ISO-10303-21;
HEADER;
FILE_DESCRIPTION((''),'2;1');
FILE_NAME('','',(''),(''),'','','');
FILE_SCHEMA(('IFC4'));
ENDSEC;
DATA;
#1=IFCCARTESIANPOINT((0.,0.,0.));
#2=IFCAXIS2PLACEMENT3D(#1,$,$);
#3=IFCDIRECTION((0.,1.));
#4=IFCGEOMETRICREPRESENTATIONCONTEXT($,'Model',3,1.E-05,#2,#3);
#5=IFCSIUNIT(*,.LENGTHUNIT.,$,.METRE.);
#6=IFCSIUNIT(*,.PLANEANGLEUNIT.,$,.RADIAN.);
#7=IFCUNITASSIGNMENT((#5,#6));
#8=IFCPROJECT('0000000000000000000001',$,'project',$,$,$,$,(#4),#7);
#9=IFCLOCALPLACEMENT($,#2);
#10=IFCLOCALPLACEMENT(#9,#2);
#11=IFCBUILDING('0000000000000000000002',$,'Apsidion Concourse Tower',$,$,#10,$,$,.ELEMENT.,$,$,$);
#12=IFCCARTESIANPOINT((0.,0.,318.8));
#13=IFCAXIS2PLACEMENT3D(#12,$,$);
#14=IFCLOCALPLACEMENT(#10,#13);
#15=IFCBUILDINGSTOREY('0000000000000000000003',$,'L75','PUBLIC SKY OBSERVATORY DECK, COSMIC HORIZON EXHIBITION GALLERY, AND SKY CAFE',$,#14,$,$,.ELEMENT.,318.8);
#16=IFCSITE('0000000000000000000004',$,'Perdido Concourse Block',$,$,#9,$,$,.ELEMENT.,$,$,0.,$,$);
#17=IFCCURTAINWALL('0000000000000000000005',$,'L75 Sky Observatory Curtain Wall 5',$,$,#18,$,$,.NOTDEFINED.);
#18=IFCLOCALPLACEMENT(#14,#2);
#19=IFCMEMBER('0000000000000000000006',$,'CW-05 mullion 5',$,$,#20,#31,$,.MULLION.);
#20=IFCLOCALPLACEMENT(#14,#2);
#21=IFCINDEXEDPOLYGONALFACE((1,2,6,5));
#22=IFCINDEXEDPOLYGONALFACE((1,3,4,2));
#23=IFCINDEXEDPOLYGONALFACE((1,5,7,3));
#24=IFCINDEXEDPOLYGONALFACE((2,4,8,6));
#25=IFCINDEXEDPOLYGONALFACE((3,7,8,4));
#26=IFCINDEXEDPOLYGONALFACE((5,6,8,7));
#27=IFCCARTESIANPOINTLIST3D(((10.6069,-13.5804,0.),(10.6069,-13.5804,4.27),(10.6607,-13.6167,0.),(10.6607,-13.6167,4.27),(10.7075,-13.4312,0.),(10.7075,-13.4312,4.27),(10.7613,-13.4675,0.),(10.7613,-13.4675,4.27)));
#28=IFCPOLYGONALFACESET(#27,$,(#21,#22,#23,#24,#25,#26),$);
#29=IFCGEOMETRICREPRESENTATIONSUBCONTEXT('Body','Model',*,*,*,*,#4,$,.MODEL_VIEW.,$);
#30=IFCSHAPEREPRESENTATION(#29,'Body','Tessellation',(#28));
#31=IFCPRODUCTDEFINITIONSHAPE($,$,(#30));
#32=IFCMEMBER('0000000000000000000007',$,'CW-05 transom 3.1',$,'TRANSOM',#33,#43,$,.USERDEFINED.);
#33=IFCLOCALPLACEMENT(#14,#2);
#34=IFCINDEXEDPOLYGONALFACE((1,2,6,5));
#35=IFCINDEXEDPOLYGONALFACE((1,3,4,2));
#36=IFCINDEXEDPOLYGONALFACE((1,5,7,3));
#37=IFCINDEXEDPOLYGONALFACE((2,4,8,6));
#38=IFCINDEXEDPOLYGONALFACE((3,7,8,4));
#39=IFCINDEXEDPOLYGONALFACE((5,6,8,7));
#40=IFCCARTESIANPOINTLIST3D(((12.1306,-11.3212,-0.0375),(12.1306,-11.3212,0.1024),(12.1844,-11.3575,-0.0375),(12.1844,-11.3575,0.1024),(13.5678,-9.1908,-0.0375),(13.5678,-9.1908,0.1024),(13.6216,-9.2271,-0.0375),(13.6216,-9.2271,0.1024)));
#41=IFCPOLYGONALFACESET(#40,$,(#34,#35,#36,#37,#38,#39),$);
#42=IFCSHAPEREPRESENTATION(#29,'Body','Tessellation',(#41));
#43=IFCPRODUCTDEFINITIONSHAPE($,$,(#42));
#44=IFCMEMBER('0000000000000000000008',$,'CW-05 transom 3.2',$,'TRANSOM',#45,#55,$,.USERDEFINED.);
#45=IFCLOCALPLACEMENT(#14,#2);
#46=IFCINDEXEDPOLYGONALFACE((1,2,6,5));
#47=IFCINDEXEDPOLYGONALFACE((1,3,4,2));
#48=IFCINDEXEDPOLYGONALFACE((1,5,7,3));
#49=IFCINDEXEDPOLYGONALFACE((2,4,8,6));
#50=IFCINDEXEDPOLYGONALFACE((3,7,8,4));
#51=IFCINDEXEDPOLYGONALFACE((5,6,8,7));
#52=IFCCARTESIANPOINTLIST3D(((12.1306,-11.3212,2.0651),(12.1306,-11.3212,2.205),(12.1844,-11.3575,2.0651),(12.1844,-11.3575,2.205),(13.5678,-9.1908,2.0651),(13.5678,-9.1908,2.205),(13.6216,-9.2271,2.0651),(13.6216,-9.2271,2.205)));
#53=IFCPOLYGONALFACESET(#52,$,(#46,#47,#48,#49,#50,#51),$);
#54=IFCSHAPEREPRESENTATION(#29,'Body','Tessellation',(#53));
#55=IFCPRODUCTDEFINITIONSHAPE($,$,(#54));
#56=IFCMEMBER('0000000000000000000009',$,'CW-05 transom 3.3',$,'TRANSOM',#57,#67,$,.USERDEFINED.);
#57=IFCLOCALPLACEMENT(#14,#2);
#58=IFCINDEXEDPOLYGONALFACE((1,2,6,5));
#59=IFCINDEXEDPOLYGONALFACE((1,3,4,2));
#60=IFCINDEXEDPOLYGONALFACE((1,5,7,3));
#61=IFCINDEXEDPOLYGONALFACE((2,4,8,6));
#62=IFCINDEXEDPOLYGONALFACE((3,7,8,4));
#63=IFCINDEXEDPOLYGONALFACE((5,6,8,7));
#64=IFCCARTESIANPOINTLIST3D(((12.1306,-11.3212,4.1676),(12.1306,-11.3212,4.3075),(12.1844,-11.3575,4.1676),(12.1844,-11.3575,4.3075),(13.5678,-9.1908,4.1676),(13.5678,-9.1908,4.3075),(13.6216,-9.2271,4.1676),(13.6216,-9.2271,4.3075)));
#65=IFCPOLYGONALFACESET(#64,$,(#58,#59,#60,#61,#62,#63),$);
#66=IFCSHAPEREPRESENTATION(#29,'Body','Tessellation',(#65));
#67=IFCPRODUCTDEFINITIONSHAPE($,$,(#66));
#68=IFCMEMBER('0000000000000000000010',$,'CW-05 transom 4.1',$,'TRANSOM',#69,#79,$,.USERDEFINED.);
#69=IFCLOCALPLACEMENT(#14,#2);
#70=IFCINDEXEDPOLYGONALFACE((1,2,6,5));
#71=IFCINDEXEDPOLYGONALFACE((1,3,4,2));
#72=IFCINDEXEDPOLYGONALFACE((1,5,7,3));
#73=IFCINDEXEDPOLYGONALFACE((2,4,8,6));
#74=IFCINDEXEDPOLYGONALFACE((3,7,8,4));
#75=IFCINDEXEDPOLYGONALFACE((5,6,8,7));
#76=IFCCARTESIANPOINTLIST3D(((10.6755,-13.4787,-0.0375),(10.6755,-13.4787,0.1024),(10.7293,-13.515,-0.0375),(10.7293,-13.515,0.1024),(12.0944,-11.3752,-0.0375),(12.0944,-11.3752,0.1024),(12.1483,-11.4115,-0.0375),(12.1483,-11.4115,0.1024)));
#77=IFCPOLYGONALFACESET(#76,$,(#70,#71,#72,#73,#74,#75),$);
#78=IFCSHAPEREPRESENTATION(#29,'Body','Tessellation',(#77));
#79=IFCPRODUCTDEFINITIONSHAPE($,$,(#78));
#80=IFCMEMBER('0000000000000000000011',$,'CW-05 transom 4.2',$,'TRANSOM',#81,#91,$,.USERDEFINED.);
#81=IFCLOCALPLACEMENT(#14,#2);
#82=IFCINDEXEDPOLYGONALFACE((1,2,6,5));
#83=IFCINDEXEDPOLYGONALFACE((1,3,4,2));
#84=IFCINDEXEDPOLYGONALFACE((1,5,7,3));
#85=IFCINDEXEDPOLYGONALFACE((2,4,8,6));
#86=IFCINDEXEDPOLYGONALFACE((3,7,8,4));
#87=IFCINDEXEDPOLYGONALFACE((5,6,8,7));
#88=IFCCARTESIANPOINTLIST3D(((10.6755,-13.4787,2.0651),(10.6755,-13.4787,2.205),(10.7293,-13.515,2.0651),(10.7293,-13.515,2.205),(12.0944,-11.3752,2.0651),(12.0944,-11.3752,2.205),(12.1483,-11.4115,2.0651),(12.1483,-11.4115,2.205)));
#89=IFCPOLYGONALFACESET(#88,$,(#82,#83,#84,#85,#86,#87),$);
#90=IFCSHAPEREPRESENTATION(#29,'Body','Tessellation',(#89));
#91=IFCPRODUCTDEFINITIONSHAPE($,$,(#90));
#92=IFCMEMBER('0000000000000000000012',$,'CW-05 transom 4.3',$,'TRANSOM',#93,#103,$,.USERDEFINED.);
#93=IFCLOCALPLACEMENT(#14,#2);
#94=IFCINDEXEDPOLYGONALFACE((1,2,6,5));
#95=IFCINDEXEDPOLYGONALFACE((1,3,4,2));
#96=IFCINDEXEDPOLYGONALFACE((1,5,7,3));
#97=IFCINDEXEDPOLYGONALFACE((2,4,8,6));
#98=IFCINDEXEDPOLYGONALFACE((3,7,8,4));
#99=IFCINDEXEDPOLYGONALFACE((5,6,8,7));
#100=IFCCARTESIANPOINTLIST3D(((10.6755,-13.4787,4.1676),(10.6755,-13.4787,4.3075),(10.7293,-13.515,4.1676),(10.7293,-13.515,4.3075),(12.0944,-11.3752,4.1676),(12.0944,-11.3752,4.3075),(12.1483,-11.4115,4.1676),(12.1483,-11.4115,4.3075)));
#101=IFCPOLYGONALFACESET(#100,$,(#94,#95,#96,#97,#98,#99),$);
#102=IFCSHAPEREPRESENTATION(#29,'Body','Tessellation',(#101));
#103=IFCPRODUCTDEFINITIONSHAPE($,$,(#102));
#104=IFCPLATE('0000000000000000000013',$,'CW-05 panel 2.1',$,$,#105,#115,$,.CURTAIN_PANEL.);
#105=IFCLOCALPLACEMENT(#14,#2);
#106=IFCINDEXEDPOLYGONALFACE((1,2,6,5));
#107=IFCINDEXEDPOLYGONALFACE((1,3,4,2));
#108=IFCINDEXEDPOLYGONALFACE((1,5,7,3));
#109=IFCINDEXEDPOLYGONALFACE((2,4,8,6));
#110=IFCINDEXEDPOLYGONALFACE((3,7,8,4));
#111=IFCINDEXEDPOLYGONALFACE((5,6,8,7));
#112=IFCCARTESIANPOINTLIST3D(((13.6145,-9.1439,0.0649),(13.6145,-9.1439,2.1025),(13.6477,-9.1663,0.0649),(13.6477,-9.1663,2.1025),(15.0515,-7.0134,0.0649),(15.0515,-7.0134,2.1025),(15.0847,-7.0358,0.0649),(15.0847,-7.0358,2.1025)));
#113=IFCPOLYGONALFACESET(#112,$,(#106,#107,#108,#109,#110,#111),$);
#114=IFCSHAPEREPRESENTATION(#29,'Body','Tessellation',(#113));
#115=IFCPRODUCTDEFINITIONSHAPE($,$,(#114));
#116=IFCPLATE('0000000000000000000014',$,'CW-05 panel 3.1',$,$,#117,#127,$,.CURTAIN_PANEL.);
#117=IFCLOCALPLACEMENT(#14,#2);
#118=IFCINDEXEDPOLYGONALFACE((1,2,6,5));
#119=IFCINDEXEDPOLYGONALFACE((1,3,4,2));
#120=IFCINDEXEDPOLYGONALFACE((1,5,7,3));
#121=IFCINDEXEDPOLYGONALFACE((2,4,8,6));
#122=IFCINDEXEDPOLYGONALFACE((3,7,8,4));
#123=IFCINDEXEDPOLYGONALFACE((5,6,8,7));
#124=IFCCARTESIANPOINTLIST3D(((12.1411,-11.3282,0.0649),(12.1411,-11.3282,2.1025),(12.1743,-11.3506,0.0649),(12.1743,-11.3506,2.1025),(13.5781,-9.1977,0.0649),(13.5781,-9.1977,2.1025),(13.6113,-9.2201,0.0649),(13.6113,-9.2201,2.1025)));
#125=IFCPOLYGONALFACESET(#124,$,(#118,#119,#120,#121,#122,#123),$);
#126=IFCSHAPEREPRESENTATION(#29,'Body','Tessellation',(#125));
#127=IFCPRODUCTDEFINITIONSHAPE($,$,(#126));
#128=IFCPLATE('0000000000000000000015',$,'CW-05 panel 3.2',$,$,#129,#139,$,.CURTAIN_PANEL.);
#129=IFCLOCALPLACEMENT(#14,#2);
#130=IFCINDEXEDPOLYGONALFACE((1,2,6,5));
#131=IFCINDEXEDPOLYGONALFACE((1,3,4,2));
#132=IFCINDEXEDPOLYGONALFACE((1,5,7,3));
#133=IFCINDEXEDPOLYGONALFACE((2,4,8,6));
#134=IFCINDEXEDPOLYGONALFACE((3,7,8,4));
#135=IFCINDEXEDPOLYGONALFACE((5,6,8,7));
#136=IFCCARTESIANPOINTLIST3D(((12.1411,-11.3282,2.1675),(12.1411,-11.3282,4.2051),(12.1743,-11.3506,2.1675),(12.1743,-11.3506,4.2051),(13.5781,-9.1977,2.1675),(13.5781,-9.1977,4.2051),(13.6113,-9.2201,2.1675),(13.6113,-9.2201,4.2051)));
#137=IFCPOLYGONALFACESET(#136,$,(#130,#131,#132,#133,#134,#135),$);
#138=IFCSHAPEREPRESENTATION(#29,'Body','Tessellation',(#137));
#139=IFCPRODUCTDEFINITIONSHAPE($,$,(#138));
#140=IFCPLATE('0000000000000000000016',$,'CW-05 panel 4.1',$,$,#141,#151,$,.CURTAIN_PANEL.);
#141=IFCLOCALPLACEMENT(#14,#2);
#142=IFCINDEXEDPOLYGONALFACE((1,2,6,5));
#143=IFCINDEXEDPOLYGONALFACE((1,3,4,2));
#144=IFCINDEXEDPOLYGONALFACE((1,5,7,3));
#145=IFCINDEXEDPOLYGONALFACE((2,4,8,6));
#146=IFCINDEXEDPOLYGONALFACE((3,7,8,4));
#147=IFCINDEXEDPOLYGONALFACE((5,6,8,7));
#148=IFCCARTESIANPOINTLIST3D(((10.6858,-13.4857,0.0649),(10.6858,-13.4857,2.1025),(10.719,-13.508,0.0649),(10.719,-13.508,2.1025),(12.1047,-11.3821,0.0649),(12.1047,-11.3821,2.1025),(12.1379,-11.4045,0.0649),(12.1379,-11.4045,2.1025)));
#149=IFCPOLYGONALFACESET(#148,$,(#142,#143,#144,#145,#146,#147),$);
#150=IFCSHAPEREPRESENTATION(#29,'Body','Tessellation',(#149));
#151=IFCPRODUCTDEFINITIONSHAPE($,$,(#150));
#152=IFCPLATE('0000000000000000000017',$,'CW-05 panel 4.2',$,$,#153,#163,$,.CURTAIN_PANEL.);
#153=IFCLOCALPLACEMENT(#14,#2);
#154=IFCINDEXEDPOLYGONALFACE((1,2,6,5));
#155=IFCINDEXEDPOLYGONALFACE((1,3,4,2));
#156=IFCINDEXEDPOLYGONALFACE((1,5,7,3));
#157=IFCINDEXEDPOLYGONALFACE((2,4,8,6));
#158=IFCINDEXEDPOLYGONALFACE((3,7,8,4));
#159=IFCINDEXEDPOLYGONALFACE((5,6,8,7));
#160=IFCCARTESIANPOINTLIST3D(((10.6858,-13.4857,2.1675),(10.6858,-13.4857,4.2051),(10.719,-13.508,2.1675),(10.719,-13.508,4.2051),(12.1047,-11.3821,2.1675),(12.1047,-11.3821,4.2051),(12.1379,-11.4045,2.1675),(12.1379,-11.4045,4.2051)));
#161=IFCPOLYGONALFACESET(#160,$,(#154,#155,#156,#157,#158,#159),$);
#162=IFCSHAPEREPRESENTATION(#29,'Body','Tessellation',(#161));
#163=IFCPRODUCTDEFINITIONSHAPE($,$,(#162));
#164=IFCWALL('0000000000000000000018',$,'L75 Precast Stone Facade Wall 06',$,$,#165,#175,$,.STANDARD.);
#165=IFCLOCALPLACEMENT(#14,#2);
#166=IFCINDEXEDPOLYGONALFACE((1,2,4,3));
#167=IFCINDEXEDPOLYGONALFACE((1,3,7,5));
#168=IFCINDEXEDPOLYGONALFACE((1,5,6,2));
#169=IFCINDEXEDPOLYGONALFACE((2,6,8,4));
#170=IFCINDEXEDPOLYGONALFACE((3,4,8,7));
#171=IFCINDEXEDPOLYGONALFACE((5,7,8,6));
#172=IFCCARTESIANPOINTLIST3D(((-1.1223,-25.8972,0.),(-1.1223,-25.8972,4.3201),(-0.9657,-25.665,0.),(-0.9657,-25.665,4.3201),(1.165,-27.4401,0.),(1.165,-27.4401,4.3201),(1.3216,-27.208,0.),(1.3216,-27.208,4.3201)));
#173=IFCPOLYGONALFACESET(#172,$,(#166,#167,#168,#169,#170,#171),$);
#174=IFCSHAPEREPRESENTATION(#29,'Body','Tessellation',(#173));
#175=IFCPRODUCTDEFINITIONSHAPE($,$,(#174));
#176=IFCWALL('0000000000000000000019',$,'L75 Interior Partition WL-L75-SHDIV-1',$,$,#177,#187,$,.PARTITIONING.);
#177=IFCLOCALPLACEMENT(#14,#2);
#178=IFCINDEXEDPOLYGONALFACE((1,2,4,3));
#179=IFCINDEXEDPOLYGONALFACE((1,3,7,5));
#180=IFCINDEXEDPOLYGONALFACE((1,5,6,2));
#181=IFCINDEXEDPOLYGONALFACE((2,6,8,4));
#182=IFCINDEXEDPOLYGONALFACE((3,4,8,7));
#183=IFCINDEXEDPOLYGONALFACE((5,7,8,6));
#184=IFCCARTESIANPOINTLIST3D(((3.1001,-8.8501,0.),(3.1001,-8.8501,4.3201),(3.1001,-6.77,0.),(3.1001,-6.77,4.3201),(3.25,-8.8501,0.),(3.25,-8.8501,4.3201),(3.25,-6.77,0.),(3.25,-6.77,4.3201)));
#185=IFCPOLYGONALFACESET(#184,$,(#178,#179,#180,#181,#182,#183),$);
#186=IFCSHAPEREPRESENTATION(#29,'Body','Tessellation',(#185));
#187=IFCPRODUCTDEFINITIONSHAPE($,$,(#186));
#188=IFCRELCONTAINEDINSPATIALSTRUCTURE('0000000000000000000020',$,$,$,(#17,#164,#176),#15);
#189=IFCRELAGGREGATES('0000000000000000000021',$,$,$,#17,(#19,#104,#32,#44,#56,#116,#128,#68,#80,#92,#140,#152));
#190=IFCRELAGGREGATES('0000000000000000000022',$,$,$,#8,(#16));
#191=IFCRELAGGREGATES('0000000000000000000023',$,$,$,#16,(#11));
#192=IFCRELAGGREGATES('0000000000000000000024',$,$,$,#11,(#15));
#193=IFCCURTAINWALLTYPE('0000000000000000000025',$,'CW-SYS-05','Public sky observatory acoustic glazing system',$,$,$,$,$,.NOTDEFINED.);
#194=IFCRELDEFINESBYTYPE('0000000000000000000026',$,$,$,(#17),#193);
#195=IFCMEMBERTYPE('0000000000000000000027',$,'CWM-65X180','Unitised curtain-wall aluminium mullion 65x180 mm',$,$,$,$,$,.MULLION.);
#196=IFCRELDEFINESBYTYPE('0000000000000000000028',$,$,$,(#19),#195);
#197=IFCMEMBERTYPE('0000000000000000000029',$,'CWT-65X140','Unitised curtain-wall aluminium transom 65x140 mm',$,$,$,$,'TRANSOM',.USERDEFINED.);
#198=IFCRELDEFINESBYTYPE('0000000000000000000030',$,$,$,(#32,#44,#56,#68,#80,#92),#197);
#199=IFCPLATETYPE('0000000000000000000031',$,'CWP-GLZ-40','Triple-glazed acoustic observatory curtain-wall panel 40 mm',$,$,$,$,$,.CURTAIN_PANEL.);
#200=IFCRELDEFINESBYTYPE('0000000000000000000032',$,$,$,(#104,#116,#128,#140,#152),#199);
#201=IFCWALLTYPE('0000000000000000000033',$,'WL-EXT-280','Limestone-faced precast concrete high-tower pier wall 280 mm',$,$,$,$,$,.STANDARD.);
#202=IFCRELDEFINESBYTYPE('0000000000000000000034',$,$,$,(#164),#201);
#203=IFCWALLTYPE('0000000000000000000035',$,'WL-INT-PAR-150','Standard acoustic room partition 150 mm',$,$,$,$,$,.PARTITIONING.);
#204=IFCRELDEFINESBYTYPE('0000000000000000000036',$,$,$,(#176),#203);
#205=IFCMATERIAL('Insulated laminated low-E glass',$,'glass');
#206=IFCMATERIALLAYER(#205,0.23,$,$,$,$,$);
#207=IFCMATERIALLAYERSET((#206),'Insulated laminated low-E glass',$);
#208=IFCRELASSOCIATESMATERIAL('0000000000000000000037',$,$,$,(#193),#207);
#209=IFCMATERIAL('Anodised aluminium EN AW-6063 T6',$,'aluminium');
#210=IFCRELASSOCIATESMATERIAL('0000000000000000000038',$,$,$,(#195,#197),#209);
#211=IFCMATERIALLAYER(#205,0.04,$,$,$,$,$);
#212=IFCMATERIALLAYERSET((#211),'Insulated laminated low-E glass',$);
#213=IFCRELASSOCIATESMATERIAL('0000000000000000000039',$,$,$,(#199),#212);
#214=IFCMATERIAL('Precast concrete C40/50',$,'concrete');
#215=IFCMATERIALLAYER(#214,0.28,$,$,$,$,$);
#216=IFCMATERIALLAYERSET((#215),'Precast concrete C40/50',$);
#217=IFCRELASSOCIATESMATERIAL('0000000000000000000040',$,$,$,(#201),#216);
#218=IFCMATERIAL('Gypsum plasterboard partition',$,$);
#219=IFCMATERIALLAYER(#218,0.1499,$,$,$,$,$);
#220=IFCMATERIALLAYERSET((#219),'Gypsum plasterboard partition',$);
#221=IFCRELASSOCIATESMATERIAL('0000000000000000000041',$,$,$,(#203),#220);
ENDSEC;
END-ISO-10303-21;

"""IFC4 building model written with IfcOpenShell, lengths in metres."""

from ifc_helpers import new_model, si_unit, direction, frame, frame_2d, origin, origin_2d, place, context, subcontext, project, spatial, rectangle, extrude, material, layer, layer_set, material_profile, profile_set, type_object, element, aggregate, save


model = new_model("IFC4")

# Units and contexts
model_context = context("Model", 3, precision=1e-05, world=origin(), true_north=direction((0.0, 1.0)))
body_context = subcontext(model_context, "Body", "Model", "MODEL_VIEW")
ifc_project = project(units=[si_unit("LENGTHUNIT", "METRE"), si_unit("PLANEANGLEUNIT", "RADIAN")], contexts=[model_context])

# Site, building, storey
site_placement = place(None, origin())
site = spatial("IfcSite", under=ifc_project, at=site_placement, Name="Perdido Concourse Block", CompositionType="ELEMENT", RefElevation=0.0)
building_placement = place(site_placement, origin())
building = spatial("IfcBuilding", under=site, at=building_placement, Name="Apsidion Concourse Tower", CompositionType="ELEMENT")
storey_placement = place(building_placement, frame((0.0, 0.0, 318.8)))
storey = spatial("IfcBuildingStorey", under=building, at=storey_placement, Name="L75", Description="PUBLIC SKY OBSERVATORY DECK, COSMIC HORIZON EXHIBITION GALLERY, AND SKY CAFE", CompositionType="ELEMENT", Elevation=318.8)

# Curtain wall, members, plates
ifc_material_1 = material(Name="Insulated laminated low-E glass", Category="glass")
ifc_layer_1 = layer(ifc_material_1, 0.23)
ifc_layer_set_1 = layer_set([ifc_layer_1], Name="Insulated laminated low-E glass")
curtain_wall_type = type_object("IfcCurtainWallType", Name="CW-SYS-05", Description="Public sky observatory acoustic glazing system", PredefinedType="NOTDEFINED", material=ifc_layer_set_1)
curtain_wall_placement = place(storey_placement, origin())
curtain_wall = element("IfcCurtainWall", 1, at=curtain_wall_placement, inside=storey, type_object=curtain_wall_type, Name="L75 Sky Observatory Curtain Wall 5", PredefinedType="NOTDEFINED")
ifc_material_2 = material(Name="Anodised aluminium EN AW-6063 T6", Category="aluminium")
ifc_material_profile_1 = material_profile(ifc_material_2, rectangle(XDim=0.0649, YDim=0.1799, at=origin_2d()), Name="ALU MULLION 65x180")
ifc_profile_set_1 = profile_set([ifc_material_profile_1], Name="Anodised aluminium EN AW-6063 T6")
member_type_1 = type_object("IfcMemberType", Name="CWM-65X180", Description="Unitised curtain-wall aluminium mullion 65x180 mm", PredefinedType="MULLION", material=ifc_profile_set_1)
member_1_placement = place(storey_placement, frame((10.6841, -13.5239, 0.0), z_axis=(0.0, 0.0, 1.0), x_axis=(0.829037, -0.559194, 0.0)))
member_1 = element("IfcMember", 2, at=member_1_placement, type_object=member_type_1, Name="CW-05 mullion 5", PredefinedType="MULLION", context=body_context, shape_type="SweptSolid", body=[
    extrude(rectangle(XDim=0.0649, YDim=0.1799, at=origin_2d()), origin(), (0.0, 0.0, 1.0), 4.27),
])
ifc_material_profile_2 = material_profile(ifc_material_2, rectangle(XDim=0.0649, YDim=0.1399, at=origin_2d()), Name="ALU TRANSOM 65x140")
ifc_profile_set_2 = profile_set([ifc_material_profile_2], Name="Anodised aluminium EN AW-6063 T6")
member_type_2 = type_object("IfcMemberType", Name="CWT-65X140", Description="Unitised curtain-wall aluminium transom 65x140 mm", ElementType="TRANSOM", PredefinedType="USERDEFINED", material=ifc_profile_set_2)
member_2_placement = place(storey_placement, frame((13.5947, -9.209, 0.0325), z_axis=(-0.559274, -0.828983, 0.0), x_axis=(0.828983, -0.559274, 0.0)))
member_2 = element("IfcMember", 3, at=member_2_placement, type_object=member_type_2, Name="CW-05 transom 3.1", ObjectType="TRANSOM", PredefinedType="USERDEFINED", context=body_context, shape_type="SweptSolid", body=[
    extrude(rectangle(XDim=0.0649, YDim=0.1399, at=origin_2d()), origin(), (0.0, 0.0, 1.0), 2.5698),
])
member_3_placement = place(storey_placement, frame((13.5947, -9.209, 2.135), z_axis=(-0.559274, -0.828983, 0.0), x_axis=(0.828983, -0.559274, 0.0)))
member_3 = element("IfcMember", 4, at=member_3_placement, type_object=member_type_2, Name="CW-05 transom 3.2", ObjectType="TRANSOM", PredefinedType="USERDEFINED", context=body_context, shape_type="SweptSolid", body=[
    extrude(rectangle(XDim=0.0649, YDim=0.1399, at=origin_2d()), origin(), (0.0, 0.0, 1.0), 2.5698),
])
member_4_placement = place(storey_placement, frame((13.5947, -9.209, 4.2375), z_axis=(-0.559274, -0.828983, 0.0), x_axis=(0.828983, -0.559274, 0.0)))
member_4 = element("IfcMember", 5, at=member_4_placement, type_object=member_type_2, Name="CW-05 transom 3.3", ObjectType="TRANSOM", PredefinedType="USERDEFINED", context=body_context, shape_type="SweptSolid", body=[
    extrude(rectangle(XDim=0.0649, YDim=0.1399, at=origin_2d()), origin(), (0.0, 0.0, 1.0), 2.5698),
])
member_5_placement = place(storey_placement, frame((12.1213, -11.3933, 0.0325), z_axis=(-0.559222, -0.829018, 0.0), x_axis=(0.829018, -0.559222, 0.0)))
member_5 = element("IfcMember", 6, at=member_5_placement, type_object=member_type_2, Name="CW-05 transom 4.1", ObjectType="TRANSOM", PredefinedType="USERDEFINED", context=body_context, shape_type="SweptSolid", body=[
    extrude(rectangle(XDim=0.0649, YDim=0.1399, at=origin_2d()), origin(), (0.0, 0.0, 1.0), 2.5374),
])
member_6_placement = place(storey_placement, frame((12.1213, -11.3933, 2.135), z_axis=(-0.559222, -0.829018, 0.0), x_axis=(0.829018, -0.559222, 0.0)))
member_6 = element("IfcMember", 7, at=member_6_placement, type_object=member_type_2, Name="CW-05 transom 4.2", ObjectType="TRANSOM", PredefinedType="USERDEFINED", context=body_context, shape_type="SweptSolid", body=[
    extrude(rectangle(XDim=0.0649, YDim=0.1399, at=origin_2d()), origin(), (0.0, 0.0, 1.0), 2.5374),
])
member_7_placement = place(storey_placement, frame((12.1213, -11.3933, 4.2375), z_axis=(-0.559222, -0.829018, 0.0), x_axis=(0.829018, -0.559222, 0.0)))
member_7 = element("IfcMember", 8, at=member_7_placement, type_object=member_type_2, Name="CW-05 transom 4.3", ObjectType="TRANSOM", PredefinedType="USERDEFINED", context=body_context, shape_type="SweptSolid", body=[
    extrude(rectangle(XDim=0.0649, YDim=0.1399, at=origin_2d()), origin(), (0.0, 0.0, 1.0), 2.5374),
])
ifc_layer_2 = layer(ifc_material_1, 0.04)
ifc_layer_set_2 = layer_set([ifc_layer_2], Name="Insulated laminated low-E glass")
plate_type = type_object("IfcPlateType", Name="CWP-GLZ-40", Description="Triple-glazed acoustic observatory curtain-wall panel 40 mm", PredefinedType="CURTAIN_PANEL", material=ifc_layer_set_2)
plate_1_placement = place(storey_placement, frame((14.3496, -8.0898, 0.0649), z_axis=(0.0, 0.0, 1.0), x_axis=(-0.559194, -0.829037, 0.0)))
plate_1 = element("IfcPlate", 9, at=plate_1_placement, type_object=plate_type, Name="CW-05 panel 2.1", PredefinedType="CURTAIN_PANEL", context=body_context, shape_type="SweptSolid", body=[
    extrude(rectangle(XDim=2.5698, YDim=0.04, at=origin_2d()), origin(), (0.0, 0.0, 1.0), 2.0376),
])
plate_2_placement = place(storey_placement, frame((12.8762, -10.2742, 0.0649), z_axis=(0.0, 0.0, 1.0), x_axis=(-0.559194, -0.829037, 0.0)))
plate_2 = element("IfcPlate", 10, at=plate_2_placement, type_object=plate_type, Name="CW-05 panel 3.1", PredefinedType="CURTAIN_PANEL", context=body_context, shape_type="SweptSolid", body=[
    extrude(rectangle(XDim=2.5698, YDim=0.04, at=origin_2d()), origin(), (0.0, 0.0, 1.0), 2.0376),
])
plate_3_placement = place(storey_placement, frame((12.8762, -10.2742, 2.1675), z_axis=(0.0, 0.0, 1.0), x_axis=(-0.559194, -0.829037, 0.0)))
plate_3 = element("IfcPlate", 11, at=plate_3_placement, type_object=plate_type, Name="CW-05 panel 3.2", PredefinedType="CURTAIN_PANEL", context=body_context, shape_type="SweptSolid", body=[
    extrude(rectangle(XDim=2.5698, YDim=0.04, at=origin_2d()), origin(), (0.0, 0.0, 1.0), 2.0376),
])
plate_4_placement = place(storey_placement, frame((11.4119, -12.4451, 0.0649), z_axis=(0.0, 0.0, 1.0), x_axis=(-0.559194, -0.829037, 0.0)))
plate_4 = element("IfcPlate", 12, at=plate_4_placement, type_object=plate_type, Name="CW-05 panel 4.1", PredefinedType="CURTAIN_PANEL", context=body_context, shape_type="SweptSolid", body=[
    extrude(rectangle(XDim=2.5374, YDim=0.04, at=origin_2d()), origin(), (0.0, 0.0, 1.0), 2.0376),
])
plate_5_placement = place(storey_placement, frame((11.4119, -12.4451, 2.1675), z_axis=(0.0, 0.0, 1.0), x_axis=(-0.559194, -0.829037, 0.0)))
plate_5 = element("IfcPlate", 13, at=plate_5_placement, type_object=plate_type, Name="CW-05 panel 4.2", PredefinedType="CURTAIN_PANEL", context=body_context, shape_type="SweptSolid", body=[
    extrude(rectangle(XDim=2.5374, YDim=0.04, at=origin_2d()), origin(), (0.0, 0.0, 1.0), 2.0376),
])
aggregate(curtain_wall, [member_1, plate_1, member_2, member_3, member_4, plate_2, plate_3, member_5, member_6, member_7, plate_4, plate_5])

# Walls
ifc_material_3 = material(Name="Precast concrete C40/50", Category="concrete")
ifc_layer_3 = layer(ifc_material_3, 0.28)
ifc_layer_set_3 = layer_set([ifc_layer_3], Name="Precast concrete C40/50")
wall_type_1 = type_object("IfcWallType", Name="WL-EXT-280", Description="Limestone-faced precast concrete high-tower pier wall 280 mm", PredefinedType="STANDARD", material=ifc_layer_set_3)
wall_1_placement = place(storey_placement, frame((1.2432, -27.324, 0.0), z_axis=(0.0, 0.0, 1.0), x_axis=(-0.829016, 0.559225, 0.0)))
element("IfcWall", 14, at=wall_1_placement, inside=storey, type_object=wall_type_1, Name="L75 Precast Stone Facade Wall 06", PredefinedType="STANDARD", context=body_context, shape_type="SweptSolid", body=[
    extrude(rectangle(XDim=2.759, YDim=0.28, at=frame_2d((1.3794, 0.0))), origin(), (0.0, 0.0, 1.0), 4.3201),
])
ifc_material_4 = material(Name="Gypsum plasterboard partition")
ifc_layer_4 = layer(ifc_material_4, 0.1499)
ifc_layer_set_4 = layer_set([ifc_layer_4], Name="Gypsum plasterboard partition")
wall_type_2 = type_object("IfcWallType", Name="WL-INT-PAR-150", Description="Standard acoustic room partition 150 mm", PredefinedType="PARTITIONING", material=ifc_layer_set_4)
wall_2_placement = place(storey_placement, frame((3.175, -8.8501, 0.0), z_axis=(0.0, 0.0, 1.0), x_axis=(0.0, 1.0, 0.0)))
element("IfcWall", 15, at=wall_2_placement, inside=storey, type_object=wall_type_2, Name="L75 Interior Partition WL-L75-SHDIV-1", PredefinedType="PARTITIONING", context=body_context, shape_type="SweptSolid", body=[
    extrude(rectangle(XDim=2.0801, YDim=0.1499, at=frame_2d((1.04, 0.0))), origin(), (0.0, 0.0, 1.0), 4.3201),
])

save(model, "model.ifc")
